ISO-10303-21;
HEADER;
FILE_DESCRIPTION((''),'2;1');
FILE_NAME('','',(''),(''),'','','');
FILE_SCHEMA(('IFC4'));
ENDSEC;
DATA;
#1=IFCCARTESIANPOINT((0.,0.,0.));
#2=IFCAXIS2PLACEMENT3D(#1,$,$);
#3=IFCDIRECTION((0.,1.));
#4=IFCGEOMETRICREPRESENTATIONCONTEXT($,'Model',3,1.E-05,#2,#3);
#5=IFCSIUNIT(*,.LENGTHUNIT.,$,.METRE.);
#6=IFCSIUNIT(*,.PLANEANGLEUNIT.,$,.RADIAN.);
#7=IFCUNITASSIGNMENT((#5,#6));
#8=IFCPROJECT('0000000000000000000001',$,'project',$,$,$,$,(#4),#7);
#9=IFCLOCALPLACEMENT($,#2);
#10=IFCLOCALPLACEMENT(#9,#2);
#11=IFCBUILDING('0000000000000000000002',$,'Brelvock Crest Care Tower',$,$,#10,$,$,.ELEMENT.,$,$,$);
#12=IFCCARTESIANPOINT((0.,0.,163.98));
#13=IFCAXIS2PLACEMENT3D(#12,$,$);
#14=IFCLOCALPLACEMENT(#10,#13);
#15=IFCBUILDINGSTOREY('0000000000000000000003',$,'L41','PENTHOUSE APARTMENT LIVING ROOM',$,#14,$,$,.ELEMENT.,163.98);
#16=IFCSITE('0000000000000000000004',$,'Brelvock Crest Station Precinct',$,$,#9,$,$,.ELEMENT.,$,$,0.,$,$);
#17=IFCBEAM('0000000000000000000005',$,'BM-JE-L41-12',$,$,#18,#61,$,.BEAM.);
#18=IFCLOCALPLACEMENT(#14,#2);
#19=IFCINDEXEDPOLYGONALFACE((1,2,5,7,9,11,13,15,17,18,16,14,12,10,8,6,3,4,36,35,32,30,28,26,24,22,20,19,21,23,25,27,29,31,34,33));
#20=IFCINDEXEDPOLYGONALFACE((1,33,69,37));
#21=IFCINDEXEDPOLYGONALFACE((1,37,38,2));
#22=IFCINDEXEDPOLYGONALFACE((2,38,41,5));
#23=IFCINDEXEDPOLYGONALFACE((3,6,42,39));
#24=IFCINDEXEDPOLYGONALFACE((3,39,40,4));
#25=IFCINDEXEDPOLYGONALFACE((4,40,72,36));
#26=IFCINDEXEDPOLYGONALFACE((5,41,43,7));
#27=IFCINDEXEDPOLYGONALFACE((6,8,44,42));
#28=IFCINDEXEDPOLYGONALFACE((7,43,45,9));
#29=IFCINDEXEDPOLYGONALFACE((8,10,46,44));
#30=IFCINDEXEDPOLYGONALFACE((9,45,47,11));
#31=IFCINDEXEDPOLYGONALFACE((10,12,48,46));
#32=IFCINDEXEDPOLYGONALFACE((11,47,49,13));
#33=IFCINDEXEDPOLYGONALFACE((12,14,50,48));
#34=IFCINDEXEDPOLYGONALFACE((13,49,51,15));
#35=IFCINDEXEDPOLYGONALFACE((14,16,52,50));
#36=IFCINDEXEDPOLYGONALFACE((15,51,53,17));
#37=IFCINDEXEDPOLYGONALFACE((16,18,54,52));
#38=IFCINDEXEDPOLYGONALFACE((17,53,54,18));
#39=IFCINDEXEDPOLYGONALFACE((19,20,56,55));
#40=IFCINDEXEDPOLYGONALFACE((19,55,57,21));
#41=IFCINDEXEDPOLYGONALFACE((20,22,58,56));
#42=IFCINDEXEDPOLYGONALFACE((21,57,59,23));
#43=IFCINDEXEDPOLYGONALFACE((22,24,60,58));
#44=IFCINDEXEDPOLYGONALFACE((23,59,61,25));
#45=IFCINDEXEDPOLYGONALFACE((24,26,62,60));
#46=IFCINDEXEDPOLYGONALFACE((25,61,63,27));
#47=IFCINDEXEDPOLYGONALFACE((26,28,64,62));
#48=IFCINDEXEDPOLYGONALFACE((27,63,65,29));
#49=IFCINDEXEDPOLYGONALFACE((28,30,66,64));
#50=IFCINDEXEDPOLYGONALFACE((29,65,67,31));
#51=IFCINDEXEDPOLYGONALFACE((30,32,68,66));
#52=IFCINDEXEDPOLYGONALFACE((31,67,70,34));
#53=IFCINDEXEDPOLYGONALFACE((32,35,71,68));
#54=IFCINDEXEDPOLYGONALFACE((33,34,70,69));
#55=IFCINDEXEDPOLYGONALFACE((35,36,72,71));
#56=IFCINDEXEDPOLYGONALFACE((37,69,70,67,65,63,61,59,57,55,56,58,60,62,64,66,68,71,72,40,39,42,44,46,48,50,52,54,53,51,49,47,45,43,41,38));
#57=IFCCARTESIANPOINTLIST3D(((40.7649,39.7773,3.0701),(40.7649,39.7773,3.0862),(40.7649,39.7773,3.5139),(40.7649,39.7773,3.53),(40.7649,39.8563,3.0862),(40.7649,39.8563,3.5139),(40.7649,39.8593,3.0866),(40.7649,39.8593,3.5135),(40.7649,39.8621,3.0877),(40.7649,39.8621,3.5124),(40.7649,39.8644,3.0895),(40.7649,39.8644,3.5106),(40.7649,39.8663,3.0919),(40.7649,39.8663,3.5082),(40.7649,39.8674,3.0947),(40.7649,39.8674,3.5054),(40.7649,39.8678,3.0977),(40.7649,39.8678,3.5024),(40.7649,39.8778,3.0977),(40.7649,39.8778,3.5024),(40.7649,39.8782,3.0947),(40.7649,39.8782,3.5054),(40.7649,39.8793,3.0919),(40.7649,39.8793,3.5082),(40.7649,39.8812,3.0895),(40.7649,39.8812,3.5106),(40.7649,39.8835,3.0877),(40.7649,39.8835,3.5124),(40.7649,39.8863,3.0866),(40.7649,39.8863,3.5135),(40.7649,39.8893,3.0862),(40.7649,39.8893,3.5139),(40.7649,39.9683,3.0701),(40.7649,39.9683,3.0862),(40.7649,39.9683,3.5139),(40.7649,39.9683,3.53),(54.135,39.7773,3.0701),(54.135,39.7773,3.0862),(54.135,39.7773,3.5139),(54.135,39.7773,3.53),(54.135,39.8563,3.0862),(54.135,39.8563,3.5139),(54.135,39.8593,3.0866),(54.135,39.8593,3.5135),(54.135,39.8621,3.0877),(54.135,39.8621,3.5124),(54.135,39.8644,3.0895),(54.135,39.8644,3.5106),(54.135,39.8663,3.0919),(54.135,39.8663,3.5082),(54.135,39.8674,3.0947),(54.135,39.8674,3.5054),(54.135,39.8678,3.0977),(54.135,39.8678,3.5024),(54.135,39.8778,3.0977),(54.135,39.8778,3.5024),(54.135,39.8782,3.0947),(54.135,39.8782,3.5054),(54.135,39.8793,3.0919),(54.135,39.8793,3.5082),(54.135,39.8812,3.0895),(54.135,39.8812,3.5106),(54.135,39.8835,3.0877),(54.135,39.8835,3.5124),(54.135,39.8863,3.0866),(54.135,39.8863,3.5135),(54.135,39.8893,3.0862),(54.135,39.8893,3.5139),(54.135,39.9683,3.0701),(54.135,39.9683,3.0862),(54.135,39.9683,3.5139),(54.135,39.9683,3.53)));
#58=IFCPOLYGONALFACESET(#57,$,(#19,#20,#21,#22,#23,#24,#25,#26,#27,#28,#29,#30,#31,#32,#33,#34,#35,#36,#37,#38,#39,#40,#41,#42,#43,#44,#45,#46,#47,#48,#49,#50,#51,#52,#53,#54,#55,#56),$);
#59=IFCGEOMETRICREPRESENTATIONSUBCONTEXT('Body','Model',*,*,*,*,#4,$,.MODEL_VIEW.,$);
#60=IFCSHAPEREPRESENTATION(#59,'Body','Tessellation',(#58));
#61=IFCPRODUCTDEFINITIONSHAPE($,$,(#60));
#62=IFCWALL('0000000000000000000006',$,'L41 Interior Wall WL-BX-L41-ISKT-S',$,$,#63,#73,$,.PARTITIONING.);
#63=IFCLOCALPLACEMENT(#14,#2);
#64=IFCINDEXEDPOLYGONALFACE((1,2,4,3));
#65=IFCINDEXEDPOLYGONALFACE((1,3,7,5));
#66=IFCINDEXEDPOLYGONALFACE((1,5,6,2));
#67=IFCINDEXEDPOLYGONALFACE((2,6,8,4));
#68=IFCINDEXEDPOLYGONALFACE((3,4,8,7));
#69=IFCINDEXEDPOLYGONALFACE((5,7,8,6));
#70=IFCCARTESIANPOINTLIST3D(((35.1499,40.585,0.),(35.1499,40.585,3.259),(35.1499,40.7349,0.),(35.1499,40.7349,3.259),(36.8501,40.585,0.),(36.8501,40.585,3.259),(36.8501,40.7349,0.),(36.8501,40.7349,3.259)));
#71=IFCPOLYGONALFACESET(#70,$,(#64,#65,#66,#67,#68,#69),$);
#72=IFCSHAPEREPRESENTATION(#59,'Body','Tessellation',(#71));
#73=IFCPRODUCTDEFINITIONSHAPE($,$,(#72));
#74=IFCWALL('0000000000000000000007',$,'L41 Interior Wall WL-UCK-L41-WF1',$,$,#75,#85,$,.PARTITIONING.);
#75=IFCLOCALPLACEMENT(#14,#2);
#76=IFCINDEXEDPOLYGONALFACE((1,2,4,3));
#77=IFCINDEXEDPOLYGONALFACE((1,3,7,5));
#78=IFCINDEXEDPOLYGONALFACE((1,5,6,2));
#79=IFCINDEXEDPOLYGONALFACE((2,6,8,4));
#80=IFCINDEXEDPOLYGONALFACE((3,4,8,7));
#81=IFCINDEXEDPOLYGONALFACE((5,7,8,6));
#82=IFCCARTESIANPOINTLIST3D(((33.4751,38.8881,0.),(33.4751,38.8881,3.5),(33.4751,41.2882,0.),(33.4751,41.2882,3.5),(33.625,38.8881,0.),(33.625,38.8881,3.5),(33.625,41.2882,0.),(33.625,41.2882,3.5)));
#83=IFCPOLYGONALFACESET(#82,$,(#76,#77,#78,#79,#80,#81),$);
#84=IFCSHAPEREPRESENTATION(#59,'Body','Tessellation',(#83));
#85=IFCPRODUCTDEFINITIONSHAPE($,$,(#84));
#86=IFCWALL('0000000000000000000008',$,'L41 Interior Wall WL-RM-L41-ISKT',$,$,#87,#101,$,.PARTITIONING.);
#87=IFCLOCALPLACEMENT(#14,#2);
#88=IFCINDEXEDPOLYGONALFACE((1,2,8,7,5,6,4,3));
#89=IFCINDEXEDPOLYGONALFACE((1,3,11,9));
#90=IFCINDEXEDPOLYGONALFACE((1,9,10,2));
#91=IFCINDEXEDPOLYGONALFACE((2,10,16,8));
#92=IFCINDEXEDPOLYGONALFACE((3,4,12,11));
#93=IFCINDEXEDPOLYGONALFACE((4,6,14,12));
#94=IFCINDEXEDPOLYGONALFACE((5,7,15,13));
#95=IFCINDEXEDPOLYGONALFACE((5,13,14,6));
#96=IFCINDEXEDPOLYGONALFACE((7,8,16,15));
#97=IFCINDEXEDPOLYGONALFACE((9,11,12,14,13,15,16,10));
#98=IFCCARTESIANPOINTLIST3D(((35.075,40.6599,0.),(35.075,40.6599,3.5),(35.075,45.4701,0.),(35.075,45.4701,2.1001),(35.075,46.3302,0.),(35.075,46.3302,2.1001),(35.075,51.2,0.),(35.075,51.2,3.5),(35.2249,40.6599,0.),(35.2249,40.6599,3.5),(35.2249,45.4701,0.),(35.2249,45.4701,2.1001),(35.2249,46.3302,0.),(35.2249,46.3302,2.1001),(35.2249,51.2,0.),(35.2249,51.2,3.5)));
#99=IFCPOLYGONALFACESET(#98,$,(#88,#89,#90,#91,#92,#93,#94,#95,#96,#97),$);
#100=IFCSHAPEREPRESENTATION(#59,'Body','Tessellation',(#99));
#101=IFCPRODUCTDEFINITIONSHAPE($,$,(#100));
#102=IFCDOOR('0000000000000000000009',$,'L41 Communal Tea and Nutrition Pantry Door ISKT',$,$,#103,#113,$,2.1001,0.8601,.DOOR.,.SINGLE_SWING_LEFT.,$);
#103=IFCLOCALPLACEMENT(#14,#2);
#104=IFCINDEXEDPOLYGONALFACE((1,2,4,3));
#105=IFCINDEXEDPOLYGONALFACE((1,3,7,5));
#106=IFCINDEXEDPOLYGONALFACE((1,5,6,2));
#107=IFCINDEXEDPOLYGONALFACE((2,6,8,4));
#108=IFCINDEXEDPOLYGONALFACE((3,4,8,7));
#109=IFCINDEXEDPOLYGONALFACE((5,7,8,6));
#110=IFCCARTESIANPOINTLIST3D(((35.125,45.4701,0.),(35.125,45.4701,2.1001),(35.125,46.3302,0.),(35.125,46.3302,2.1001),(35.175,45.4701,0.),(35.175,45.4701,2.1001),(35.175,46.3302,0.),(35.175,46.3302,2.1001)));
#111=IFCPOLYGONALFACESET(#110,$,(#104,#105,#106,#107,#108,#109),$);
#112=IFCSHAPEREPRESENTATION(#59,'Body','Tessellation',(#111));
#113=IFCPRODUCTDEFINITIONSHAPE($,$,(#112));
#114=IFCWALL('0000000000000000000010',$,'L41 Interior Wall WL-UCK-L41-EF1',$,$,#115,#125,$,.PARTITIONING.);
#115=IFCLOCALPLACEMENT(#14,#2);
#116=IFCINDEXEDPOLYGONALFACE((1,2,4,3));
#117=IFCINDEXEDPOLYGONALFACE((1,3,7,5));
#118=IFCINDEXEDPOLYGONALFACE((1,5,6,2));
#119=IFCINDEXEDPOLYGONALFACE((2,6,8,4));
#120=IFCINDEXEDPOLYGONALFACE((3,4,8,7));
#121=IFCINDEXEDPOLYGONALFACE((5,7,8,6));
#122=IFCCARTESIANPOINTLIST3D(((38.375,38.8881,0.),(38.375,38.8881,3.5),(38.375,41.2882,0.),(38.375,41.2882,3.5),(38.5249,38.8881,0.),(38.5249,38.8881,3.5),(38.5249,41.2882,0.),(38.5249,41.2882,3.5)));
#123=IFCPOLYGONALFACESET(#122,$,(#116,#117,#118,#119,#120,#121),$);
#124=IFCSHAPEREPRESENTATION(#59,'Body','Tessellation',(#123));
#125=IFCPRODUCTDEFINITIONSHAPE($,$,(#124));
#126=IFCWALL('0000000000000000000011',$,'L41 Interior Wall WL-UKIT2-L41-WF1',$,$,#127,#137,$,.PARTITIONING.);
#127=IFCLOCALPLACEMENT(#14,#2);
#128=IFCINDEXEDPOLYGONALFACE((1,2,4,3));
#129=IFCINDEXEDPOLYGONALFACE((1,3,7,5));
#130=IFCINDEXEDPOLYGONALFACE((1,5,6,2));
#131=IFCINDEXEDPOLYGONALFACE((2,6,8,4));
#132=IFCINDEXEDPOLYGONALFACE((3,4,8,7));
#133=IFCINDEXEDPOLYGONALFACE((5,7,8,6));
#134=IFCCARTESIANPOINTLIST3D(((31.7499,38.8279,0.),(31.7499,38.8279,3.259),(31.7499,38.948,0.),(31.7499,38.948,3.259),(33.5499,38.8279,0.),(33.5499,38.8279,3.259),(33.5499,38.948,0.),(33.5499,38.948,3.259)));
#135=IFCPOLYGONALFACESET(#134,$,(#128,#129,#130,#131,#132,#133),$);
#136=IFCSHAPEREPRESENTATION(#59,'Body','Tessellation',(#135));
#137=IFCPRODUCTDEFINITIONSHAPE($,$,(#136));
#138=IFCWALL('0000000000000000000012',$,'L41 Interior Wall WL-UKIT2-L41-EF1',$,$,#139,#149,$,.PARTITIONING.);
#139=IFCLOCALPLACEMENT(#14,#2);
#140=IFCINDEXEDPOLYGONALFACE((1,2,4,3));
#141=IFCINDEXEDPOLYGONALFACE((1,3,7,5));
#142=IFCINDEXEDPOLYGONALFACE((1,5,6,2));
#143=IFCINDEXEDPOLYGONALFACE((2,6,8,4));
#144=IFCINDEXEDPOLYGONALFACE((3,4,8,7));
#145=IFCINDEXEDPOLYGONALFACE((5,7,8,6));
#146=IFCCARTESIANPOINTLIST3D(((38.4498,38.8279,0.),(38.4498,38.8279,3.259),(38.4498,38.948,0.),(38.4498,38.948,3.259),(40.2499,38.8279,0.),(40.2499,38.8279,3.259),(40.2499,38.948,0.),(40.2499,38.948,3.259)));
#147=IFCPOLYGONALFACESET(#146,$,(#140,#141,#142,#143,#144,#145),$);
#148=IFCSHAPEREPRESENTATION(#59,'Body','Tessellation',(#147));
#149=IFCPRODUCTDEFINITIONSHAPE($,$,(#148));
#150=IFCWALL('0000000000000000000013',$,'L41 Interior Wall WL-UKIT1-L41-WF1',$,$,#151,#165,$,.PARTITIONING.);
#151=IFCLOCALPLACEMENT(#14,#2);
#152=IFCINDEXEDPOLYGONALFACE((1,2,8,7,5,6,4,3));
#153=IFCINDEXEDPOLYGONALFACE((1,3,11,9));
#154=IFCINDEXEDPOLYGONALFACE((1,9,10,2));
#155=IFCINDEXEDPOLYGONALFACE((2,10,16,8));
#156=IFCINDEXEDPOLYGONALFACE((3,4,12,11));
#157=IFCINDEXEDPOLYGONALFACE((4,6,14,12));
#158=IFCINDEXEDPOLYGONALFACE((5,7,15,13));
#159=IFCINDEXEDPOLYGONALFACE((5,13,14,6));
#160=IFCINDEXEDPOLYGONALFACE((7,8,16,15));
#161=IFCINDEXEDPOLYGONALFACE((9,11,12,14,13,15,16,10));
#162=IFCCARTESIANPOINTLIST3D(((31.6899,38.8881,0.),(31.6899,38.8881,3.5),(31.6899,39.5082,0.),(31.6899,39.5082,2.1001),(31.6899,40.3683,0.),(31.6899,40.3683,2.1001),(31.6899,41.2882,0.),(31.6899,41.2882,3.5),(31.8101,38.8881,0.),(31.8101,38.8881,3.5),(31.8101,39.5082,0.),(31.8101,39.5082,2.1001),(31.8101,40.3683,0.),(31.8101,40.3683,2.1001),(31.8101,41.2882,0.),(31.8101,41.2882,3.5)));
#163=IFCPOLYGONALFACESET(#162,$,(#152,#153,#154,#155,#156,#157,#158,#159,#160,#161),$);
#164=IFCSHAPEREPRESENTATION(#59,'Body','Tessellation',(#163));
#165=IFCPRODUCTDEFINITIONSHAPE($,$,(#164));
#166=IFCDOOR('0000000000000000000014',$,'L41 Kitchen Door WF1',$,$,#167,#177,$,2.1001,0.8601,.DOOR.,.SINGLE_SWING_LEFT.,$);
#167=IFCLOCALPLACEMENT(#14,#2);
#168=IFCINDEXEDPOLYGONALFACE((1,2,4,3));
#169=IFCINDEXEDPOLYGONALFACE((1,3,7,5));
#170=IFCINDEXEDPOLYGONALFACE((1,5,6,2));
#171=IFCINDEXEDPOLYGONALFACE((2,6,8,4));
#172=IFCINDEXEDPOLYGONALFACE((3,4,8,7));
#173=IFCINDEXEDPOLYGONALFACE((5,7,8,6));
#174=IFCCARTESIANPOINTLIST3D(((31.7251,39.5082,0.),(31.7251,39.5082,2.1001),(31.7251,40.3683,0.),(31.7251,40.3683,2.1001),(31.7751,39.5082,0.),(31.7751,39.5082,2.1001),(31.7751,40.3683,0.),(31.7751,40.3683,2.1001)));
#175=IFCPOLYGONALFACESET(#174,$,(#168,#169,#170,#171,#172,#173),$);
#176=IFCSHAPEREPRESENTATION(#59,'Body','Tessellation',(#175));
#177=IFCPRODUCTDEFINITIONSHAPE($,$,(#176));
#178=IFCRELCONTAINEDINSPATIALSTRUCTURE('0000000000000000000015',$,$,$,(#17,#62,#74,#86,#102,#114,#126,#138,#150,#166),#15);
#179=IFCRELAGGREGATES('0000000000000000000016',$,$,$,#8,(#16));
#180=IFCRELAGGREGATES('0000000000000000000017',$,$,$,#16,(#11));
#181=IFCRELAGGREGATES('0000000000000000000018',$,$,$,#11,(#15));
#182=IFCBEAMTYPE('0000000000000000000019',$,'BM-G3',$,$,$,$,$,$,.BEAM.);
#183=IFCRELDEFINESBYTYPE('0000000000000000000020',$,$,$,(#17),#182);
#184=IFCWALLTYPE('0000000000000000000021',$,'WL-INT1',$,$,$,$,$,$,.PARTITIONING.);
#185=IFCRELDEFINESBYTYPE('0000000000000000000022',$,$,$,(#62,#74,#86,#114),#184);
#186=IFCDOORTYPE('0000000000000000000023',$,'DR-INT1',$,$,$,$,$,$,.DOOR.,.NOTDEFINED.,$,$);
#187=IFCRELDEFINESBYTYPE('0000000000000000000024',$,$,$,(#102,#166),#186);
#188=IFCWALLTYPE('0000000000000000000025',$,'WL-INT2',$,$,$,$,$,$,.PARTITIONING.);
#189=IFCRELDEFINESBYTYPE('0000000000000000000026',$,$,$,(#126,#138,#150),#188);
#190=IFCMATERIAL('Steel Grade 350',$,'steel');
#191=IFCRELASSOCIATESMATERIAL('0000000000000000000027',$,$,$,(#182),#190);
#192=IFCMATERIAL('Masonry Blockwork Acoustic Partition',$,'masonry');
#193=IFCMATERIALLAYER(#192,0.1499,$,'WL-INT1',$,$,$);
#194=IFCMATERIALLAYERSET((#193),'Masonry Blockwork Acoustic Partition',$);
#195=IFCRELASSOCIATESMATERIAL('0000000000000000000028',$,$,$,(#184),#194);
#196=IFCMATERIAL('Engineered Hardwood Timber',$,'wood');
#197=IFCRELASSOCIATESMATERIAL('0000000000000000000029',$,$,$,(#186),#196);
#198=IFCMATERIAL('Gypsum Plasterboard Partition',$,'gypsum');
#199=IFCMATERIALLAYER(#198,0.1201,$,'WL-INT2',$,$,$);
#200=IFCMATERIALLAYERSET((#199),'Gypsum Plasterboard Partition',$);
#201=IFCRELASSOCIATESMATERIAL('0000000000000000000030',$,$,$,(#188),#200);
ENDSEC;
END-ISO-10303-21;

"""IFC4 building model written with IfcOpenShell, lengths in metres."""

from ifc_helpers import new_model, si_unit, direction, frame, frame_2d, origin, origin_2d, place, context, subcontext, project, spatial, rectangle, i_section, extrude, source, transform, mapped, material, layer, layer_set, material_profile, profile_set, type_object, element, fill, save


model = new_model("IFC4")

# Units and contexts
model_context = context("Model", 3, precision=1e-05, world=origin(), true_north=direction((0.0, 1.0)))
body_context = subcontext(model_context, "Body", "Model", "MODEL_VIEW")
ifc_project = project(units=[si_unit("LENGTHUNIT", "METRE"), si_unit("PLANEANGLEUNIT", "RADIAN")], contexts=[model_context])

# Site, building, storey
site_placement = place(None, origin())
site = spatial("IfcSite", under=ifc_project, at=site_placement, Name="Brelvock Crest Station Precinct", CompositionType="ELEMENT", RefElevation=0.0)
building_placement = place(site_placement, origin())
building = spatial("IfcBuilding", under=site, at=building_placement, Name="Brelvock Crest Care Tower", CompositionType="ELEMENT")
storey_placement = place(building_placement, frame((0.0, 0.0, 163.98)))
storey = spatial("IfcBuildingStorey", under=building, at=storey_placement, Name="L41", Description="PENTHOUSE APARTMENT LIVING ROOM", CompositionType="ELEMENT", Elevation=163.98)

# Beam
ifc_material_1 = material(Name="Steel Grade 350", Category="steel")
ifc_material_profile_1 = material_profile(ifc_material_1, i_section(OverallWidth=0.1909, OverallDepth=0.46, WebThickness=0.01, FlangeThickness=0.0161, FilletRadius=0.0115, at=origin_2d()), Name="460UB82.1")
ifc_profile_set_1 = profile_set([ifc_material_profile_1], Name="Steel Grade 350")
beam_type_1 = type_object("IfcBeamType", Name="BM-G3", PredefinedType="BEAM", material=ifc_profile_set_1)
shared_shape_1 = source(origin(), body_context, "Body", "SweptSolid", [
    extrude(i_section(OverallWidth=0.1909, OverallDepth=0.46, WebThickness=0.01, FlangeThickness=0.0161, FilletRadius=0.0115, at=origin_2d()), origin(), (0.0, 0.0, 1.0), 13.3701),
])
for number, where, z_axis, x_axis, name in (
    (1, (40.7649, 39.8728, 3.3), (1.0, 0.0, 0.0), (0.0, 1.0, 0.0), "BM-JE-L41-12"),
):
    element("IfcBeam", number, at=place(storey_placement, frame(where, z_axis=z_axis, x_axis=x_axis)), inside=storey, type_object=beam_type_1, Name=name, PredefinedType="BEAM", context=body_context, shape_type="MappedRepresentation", body=[
        mapped(shared_shape_1, transform((0.0, 0.0, 0.0), x_axis=(1.0, 0.0, 0.0), y_axis=(0.0, 1.0, 0.0), z_axis=(0.0, 0.0, 1.0), scale=1.0)),
    ])

# Walls
ifc_material_2 = material(Name="Masonry Blockwork Acoustic Partition", Category="masonry")
ifc_layer_1 = layer(ifc_material_2, 0.1499, Name="WL-INT1")
ifc_layer_set_1 = layer_set([ifc_layer_1], Name="Masonry Blockwork Acoustic Partition")
wall_type_1 = type_object("IfcWallType", Name="WL-INT1", PredefinedType="PARTITIONING", material=ifc_layer_set_1)
wall_1_placement = place(storey_placement, frame((35.1499, 40.6599, 0.0), z_axis=(0.0, 0.0, 1.0), x_axis=(1.0, 0.0, 0.0)))
element("IfcWall", 2, at=wall_1_placement, inside=storey, type_object=wall_type_1, Name="L41 Interior Wall WL-BX-L41-ISKT-S", PredefinedType="PARTITIONING", context=body_context, shape_type="SweptSolid", body=[
    extrude(rectangle(XDim=1.7002, YDim=0.1499, at=frame_2d((0.8501, 0.0))), origin(), (0.0, 0.0, 1.0), 3.259),
])
wall_2_placement = place(storey_placement, frame((33.55, 38.8879, 0.0), z_axis=(0.0, 0.0, 1.0), x_axis=(0.0, 1.0, 0.0)))
element("IfcWall", 3, at=wall_2_placement, inside=storey, type_object=wall_type_1, Name="L41 Interior Wall WL-UCK-L41-WF1", PredefinedType="PARTITIONING", context=body_context, shape_type="SweptSolid", body=[
    extrude(rectangle(XDim=2.4001, YDim=0.1499, at=frame_2d((1.2002, 0.0))), origin(), (0.0, 0.0, 1.0), 3.5),
])

# Wall, opening, door
wall_3_placement = place(storey_placement, frame((35.1499, 40.6599, 0.0), z_axis=(0.0, 0.0, 1.0), x_axis=(0.0, 1.0, 0.0)))
wall_3 = element("IfcWall", 4, at=wall_3_placement, inside=storey, type_object=wall_type_1, Name="L41 Interior Wall WL-RM-L41-ISKT", PredefinedType="PARTITIONING", context=body_context, shape_type="SweptSolid", body=[
    extrude(rectangle(XDim=10.54, YDim=0.1499, at=frame_2d((5.27, 0.0))), origin(), (0.0, 0.0, 1.0), 3.5),
])
opening_1_placement = place(wall_3_placement, frame((4.8101, 0.0, 0.0)))
opening_1 = element("IfcOpeningElement", 5, at=opening_1_placement, cuts=wall_3, PredefinedType="OPENING", context=body_context, shape_type="SweptSolid", body=[
    extrude(rectangle(XDim=0.8601, YDim=2.1001, at=origin_2d()), frame((0.4302, 0.085, 1.05), z_axis=(0.0, -1.0, 0.0), x_axis=(1.0, 0.0, 0.0)), (0.0, 0.0, 1.0), 0.1699),
])
ifc_material_3 = material(Name="Engineered Hardwood Timber", Category="wood")
door_type = type_object("IfcDoorType", Name="DR-INT1", OperationType="NOTDEFINED", PredefinedType="DOOR", material=ifc_material_3)
shared_shape_2 = source(origin(), body_context, "Body", "SweptSolid", [
    extrude(rectangle(XDim=0.8601, YDim=2.1001, at=origin_2d()), frame((0.4302, 0.0249, 1.05), z_axis=(0.0, -1.0, 0.0), x_axis=(1.0, 0.0, 0.0)), (0.0, 0.0, 1.0), 0.05),
])
door_1_placement = place(opening_1_placement, origin())
door_1 = element("IfcDoor", 6, at=door_1_placement, inside=storey, type_object=door_type, Name="L41 Communal Tea and Nutrition Pantry Door ISKT", OperationType="SINGLE_SWING_LEFT", OverallHeight=2.1001, OverallWidth=0.8601, PredefinedType="DOOR", context=body_context, shape_type="MappedRepresentation", body=[
    mapped(shared_shape_2, transform((0.0, 0.0, 0.0), x_axis=(1.0, 0.0, 0.0), y_axis=(0.0, 1.0, 0.0), z_axis=(0.0, 0.0, 1.0), scale=1.0)),
])
fill(opening_1, door_1)

# Walls
wall_4_placement = place(storey_placement, frame((38.45, 38.8879, 0.0), z_axis=(0.0, 0.0, 1.0), x_axis=(0.0, 1.0, 0.0)))
element("IfcWall", 7, at=wall_4_placement, inside=storey, type_object=wall_type_1, Name="L41 Interior Wall WL-UCK-L41-EF1", PredefinedType="PARTITIONING", context=body_context, shape_type="SweptSolid", body=[
    extrude(rectangle(XDim=2.4001, YDim=0.1499, at=frame_2d((1.2002, 0.0))), origin(), (0.0, 0.0, 1.0), 3.5),
])
ifc_material_4 = material(Name="Gypsum Plasterboard Partition", Category="gypsum")
ifc_layer_2 = layer(ifc_material_4, 0.1201, Name="WL-INT2")
ifc_layer_set_2 = layer_set([ifc_layer_2], Name="Gypsum Plasterboard Partition")
wall_type_2 = type_object("IfcWallType", Name="WL-INT2", PredefinedType="PARTITIONING", material=ifc_layer_set_2)
for number, where, z_axis, x_axis, name in (
    (8, (31.75, 38.8879, 0.0), (0.0, 0.0, 1.0), (1.0, 0.0, 0.0), "L41 Interior Wall WL-UKIT2-L41-WF1"),
    (9, (38.45, 38.8879, 0.0), (0.0, 0.0, 1.0), (1.0, 0.0, 0.0), "L41 Interior Wall WL-UKIT2-L41-EF1"),
):
    element("IfcWall", number, at=place(storey_placement, frame(where, z_axis=z_axis, x_axis=x_axis)), inside=storey, type_object=wall_type_2, Name=name, PredefinedType="PARTITIONING", context=body_context, shape_type="SweptSolid", body=[
        extrude(rectangle(XDim=1.8, YDim=0.1201, at=frame_2d((0.8999, 0.0))), origin(), (0.0, 0.0, 1.0), 3.259),
    ])

# Wall, opening, door
wall_5_placement = place(storey_placement, frame((31.75, 38.8879, 0.0), z_axis=(0.0, 0.0, 1.0), x_axis=(0.0, 1.0, 0.0)))
wall_5 = element("IfcWall", 10, at=wall_5_placement, inside=storey, type_object=wall_type_2, Name="L41 Interior Wall WL-UKIT1-L41-WF1", PredefinedType="PARTITIONING", context=body_context, shape_type="SweptSolid", body=[
    extrude(rectangle(XDim=2.4001, YDim=0.1201, at=frame_2d((1.2002, 0.0))), origin(), (0.0, 0.0, 1.0), 3.5),
])
opening_2_placement = place(wall_5_placement, frame((0.6201, 0.0, 0.0)))
opening_2 = element("IfcOpeningElement", 11, at=opening_2_placement, cuts=wall_5, PredefinedType="OPENING", context=body_context, shape_type="SweptSolid", body=[
    extrude(rectangle(XDim=0.8601, YDim=2.1001, at=origin_2d()), frame((0.4302, 0.0701, 1.05), z_axis=(0.0, -1.0, 0.0), x_axis=(1.0, 0.0, 0.0)), (0.0, 0.0, 1.0), 0.1401),
])
door_2_placement = place(opening_2_placement, origin())
door_2 = element("IfcDoor", 12, at=door_2_placement, inside=storey, type_object=door_type, Name="L41 Kitchen Door WF1", OperationType="SINGLE_SWING_LEFT", OverallHeight=2.1001, OverallWidth=0.8601, PredefinedType="DOOR", context=body_context, shape_type="MappedRepresentation", body=[
    mapped(shared_shape_2, transform((0.0, 0.0, 0.0), x_axis=(1.0, 0.0, 0.0), y_axis=(0.0, 1.0, 0.0), z_axis=(0.0, 0.0, 1.0), scale=1.0)),
])
fill(opening_2, door_2)

save(model, "model.ifc")
